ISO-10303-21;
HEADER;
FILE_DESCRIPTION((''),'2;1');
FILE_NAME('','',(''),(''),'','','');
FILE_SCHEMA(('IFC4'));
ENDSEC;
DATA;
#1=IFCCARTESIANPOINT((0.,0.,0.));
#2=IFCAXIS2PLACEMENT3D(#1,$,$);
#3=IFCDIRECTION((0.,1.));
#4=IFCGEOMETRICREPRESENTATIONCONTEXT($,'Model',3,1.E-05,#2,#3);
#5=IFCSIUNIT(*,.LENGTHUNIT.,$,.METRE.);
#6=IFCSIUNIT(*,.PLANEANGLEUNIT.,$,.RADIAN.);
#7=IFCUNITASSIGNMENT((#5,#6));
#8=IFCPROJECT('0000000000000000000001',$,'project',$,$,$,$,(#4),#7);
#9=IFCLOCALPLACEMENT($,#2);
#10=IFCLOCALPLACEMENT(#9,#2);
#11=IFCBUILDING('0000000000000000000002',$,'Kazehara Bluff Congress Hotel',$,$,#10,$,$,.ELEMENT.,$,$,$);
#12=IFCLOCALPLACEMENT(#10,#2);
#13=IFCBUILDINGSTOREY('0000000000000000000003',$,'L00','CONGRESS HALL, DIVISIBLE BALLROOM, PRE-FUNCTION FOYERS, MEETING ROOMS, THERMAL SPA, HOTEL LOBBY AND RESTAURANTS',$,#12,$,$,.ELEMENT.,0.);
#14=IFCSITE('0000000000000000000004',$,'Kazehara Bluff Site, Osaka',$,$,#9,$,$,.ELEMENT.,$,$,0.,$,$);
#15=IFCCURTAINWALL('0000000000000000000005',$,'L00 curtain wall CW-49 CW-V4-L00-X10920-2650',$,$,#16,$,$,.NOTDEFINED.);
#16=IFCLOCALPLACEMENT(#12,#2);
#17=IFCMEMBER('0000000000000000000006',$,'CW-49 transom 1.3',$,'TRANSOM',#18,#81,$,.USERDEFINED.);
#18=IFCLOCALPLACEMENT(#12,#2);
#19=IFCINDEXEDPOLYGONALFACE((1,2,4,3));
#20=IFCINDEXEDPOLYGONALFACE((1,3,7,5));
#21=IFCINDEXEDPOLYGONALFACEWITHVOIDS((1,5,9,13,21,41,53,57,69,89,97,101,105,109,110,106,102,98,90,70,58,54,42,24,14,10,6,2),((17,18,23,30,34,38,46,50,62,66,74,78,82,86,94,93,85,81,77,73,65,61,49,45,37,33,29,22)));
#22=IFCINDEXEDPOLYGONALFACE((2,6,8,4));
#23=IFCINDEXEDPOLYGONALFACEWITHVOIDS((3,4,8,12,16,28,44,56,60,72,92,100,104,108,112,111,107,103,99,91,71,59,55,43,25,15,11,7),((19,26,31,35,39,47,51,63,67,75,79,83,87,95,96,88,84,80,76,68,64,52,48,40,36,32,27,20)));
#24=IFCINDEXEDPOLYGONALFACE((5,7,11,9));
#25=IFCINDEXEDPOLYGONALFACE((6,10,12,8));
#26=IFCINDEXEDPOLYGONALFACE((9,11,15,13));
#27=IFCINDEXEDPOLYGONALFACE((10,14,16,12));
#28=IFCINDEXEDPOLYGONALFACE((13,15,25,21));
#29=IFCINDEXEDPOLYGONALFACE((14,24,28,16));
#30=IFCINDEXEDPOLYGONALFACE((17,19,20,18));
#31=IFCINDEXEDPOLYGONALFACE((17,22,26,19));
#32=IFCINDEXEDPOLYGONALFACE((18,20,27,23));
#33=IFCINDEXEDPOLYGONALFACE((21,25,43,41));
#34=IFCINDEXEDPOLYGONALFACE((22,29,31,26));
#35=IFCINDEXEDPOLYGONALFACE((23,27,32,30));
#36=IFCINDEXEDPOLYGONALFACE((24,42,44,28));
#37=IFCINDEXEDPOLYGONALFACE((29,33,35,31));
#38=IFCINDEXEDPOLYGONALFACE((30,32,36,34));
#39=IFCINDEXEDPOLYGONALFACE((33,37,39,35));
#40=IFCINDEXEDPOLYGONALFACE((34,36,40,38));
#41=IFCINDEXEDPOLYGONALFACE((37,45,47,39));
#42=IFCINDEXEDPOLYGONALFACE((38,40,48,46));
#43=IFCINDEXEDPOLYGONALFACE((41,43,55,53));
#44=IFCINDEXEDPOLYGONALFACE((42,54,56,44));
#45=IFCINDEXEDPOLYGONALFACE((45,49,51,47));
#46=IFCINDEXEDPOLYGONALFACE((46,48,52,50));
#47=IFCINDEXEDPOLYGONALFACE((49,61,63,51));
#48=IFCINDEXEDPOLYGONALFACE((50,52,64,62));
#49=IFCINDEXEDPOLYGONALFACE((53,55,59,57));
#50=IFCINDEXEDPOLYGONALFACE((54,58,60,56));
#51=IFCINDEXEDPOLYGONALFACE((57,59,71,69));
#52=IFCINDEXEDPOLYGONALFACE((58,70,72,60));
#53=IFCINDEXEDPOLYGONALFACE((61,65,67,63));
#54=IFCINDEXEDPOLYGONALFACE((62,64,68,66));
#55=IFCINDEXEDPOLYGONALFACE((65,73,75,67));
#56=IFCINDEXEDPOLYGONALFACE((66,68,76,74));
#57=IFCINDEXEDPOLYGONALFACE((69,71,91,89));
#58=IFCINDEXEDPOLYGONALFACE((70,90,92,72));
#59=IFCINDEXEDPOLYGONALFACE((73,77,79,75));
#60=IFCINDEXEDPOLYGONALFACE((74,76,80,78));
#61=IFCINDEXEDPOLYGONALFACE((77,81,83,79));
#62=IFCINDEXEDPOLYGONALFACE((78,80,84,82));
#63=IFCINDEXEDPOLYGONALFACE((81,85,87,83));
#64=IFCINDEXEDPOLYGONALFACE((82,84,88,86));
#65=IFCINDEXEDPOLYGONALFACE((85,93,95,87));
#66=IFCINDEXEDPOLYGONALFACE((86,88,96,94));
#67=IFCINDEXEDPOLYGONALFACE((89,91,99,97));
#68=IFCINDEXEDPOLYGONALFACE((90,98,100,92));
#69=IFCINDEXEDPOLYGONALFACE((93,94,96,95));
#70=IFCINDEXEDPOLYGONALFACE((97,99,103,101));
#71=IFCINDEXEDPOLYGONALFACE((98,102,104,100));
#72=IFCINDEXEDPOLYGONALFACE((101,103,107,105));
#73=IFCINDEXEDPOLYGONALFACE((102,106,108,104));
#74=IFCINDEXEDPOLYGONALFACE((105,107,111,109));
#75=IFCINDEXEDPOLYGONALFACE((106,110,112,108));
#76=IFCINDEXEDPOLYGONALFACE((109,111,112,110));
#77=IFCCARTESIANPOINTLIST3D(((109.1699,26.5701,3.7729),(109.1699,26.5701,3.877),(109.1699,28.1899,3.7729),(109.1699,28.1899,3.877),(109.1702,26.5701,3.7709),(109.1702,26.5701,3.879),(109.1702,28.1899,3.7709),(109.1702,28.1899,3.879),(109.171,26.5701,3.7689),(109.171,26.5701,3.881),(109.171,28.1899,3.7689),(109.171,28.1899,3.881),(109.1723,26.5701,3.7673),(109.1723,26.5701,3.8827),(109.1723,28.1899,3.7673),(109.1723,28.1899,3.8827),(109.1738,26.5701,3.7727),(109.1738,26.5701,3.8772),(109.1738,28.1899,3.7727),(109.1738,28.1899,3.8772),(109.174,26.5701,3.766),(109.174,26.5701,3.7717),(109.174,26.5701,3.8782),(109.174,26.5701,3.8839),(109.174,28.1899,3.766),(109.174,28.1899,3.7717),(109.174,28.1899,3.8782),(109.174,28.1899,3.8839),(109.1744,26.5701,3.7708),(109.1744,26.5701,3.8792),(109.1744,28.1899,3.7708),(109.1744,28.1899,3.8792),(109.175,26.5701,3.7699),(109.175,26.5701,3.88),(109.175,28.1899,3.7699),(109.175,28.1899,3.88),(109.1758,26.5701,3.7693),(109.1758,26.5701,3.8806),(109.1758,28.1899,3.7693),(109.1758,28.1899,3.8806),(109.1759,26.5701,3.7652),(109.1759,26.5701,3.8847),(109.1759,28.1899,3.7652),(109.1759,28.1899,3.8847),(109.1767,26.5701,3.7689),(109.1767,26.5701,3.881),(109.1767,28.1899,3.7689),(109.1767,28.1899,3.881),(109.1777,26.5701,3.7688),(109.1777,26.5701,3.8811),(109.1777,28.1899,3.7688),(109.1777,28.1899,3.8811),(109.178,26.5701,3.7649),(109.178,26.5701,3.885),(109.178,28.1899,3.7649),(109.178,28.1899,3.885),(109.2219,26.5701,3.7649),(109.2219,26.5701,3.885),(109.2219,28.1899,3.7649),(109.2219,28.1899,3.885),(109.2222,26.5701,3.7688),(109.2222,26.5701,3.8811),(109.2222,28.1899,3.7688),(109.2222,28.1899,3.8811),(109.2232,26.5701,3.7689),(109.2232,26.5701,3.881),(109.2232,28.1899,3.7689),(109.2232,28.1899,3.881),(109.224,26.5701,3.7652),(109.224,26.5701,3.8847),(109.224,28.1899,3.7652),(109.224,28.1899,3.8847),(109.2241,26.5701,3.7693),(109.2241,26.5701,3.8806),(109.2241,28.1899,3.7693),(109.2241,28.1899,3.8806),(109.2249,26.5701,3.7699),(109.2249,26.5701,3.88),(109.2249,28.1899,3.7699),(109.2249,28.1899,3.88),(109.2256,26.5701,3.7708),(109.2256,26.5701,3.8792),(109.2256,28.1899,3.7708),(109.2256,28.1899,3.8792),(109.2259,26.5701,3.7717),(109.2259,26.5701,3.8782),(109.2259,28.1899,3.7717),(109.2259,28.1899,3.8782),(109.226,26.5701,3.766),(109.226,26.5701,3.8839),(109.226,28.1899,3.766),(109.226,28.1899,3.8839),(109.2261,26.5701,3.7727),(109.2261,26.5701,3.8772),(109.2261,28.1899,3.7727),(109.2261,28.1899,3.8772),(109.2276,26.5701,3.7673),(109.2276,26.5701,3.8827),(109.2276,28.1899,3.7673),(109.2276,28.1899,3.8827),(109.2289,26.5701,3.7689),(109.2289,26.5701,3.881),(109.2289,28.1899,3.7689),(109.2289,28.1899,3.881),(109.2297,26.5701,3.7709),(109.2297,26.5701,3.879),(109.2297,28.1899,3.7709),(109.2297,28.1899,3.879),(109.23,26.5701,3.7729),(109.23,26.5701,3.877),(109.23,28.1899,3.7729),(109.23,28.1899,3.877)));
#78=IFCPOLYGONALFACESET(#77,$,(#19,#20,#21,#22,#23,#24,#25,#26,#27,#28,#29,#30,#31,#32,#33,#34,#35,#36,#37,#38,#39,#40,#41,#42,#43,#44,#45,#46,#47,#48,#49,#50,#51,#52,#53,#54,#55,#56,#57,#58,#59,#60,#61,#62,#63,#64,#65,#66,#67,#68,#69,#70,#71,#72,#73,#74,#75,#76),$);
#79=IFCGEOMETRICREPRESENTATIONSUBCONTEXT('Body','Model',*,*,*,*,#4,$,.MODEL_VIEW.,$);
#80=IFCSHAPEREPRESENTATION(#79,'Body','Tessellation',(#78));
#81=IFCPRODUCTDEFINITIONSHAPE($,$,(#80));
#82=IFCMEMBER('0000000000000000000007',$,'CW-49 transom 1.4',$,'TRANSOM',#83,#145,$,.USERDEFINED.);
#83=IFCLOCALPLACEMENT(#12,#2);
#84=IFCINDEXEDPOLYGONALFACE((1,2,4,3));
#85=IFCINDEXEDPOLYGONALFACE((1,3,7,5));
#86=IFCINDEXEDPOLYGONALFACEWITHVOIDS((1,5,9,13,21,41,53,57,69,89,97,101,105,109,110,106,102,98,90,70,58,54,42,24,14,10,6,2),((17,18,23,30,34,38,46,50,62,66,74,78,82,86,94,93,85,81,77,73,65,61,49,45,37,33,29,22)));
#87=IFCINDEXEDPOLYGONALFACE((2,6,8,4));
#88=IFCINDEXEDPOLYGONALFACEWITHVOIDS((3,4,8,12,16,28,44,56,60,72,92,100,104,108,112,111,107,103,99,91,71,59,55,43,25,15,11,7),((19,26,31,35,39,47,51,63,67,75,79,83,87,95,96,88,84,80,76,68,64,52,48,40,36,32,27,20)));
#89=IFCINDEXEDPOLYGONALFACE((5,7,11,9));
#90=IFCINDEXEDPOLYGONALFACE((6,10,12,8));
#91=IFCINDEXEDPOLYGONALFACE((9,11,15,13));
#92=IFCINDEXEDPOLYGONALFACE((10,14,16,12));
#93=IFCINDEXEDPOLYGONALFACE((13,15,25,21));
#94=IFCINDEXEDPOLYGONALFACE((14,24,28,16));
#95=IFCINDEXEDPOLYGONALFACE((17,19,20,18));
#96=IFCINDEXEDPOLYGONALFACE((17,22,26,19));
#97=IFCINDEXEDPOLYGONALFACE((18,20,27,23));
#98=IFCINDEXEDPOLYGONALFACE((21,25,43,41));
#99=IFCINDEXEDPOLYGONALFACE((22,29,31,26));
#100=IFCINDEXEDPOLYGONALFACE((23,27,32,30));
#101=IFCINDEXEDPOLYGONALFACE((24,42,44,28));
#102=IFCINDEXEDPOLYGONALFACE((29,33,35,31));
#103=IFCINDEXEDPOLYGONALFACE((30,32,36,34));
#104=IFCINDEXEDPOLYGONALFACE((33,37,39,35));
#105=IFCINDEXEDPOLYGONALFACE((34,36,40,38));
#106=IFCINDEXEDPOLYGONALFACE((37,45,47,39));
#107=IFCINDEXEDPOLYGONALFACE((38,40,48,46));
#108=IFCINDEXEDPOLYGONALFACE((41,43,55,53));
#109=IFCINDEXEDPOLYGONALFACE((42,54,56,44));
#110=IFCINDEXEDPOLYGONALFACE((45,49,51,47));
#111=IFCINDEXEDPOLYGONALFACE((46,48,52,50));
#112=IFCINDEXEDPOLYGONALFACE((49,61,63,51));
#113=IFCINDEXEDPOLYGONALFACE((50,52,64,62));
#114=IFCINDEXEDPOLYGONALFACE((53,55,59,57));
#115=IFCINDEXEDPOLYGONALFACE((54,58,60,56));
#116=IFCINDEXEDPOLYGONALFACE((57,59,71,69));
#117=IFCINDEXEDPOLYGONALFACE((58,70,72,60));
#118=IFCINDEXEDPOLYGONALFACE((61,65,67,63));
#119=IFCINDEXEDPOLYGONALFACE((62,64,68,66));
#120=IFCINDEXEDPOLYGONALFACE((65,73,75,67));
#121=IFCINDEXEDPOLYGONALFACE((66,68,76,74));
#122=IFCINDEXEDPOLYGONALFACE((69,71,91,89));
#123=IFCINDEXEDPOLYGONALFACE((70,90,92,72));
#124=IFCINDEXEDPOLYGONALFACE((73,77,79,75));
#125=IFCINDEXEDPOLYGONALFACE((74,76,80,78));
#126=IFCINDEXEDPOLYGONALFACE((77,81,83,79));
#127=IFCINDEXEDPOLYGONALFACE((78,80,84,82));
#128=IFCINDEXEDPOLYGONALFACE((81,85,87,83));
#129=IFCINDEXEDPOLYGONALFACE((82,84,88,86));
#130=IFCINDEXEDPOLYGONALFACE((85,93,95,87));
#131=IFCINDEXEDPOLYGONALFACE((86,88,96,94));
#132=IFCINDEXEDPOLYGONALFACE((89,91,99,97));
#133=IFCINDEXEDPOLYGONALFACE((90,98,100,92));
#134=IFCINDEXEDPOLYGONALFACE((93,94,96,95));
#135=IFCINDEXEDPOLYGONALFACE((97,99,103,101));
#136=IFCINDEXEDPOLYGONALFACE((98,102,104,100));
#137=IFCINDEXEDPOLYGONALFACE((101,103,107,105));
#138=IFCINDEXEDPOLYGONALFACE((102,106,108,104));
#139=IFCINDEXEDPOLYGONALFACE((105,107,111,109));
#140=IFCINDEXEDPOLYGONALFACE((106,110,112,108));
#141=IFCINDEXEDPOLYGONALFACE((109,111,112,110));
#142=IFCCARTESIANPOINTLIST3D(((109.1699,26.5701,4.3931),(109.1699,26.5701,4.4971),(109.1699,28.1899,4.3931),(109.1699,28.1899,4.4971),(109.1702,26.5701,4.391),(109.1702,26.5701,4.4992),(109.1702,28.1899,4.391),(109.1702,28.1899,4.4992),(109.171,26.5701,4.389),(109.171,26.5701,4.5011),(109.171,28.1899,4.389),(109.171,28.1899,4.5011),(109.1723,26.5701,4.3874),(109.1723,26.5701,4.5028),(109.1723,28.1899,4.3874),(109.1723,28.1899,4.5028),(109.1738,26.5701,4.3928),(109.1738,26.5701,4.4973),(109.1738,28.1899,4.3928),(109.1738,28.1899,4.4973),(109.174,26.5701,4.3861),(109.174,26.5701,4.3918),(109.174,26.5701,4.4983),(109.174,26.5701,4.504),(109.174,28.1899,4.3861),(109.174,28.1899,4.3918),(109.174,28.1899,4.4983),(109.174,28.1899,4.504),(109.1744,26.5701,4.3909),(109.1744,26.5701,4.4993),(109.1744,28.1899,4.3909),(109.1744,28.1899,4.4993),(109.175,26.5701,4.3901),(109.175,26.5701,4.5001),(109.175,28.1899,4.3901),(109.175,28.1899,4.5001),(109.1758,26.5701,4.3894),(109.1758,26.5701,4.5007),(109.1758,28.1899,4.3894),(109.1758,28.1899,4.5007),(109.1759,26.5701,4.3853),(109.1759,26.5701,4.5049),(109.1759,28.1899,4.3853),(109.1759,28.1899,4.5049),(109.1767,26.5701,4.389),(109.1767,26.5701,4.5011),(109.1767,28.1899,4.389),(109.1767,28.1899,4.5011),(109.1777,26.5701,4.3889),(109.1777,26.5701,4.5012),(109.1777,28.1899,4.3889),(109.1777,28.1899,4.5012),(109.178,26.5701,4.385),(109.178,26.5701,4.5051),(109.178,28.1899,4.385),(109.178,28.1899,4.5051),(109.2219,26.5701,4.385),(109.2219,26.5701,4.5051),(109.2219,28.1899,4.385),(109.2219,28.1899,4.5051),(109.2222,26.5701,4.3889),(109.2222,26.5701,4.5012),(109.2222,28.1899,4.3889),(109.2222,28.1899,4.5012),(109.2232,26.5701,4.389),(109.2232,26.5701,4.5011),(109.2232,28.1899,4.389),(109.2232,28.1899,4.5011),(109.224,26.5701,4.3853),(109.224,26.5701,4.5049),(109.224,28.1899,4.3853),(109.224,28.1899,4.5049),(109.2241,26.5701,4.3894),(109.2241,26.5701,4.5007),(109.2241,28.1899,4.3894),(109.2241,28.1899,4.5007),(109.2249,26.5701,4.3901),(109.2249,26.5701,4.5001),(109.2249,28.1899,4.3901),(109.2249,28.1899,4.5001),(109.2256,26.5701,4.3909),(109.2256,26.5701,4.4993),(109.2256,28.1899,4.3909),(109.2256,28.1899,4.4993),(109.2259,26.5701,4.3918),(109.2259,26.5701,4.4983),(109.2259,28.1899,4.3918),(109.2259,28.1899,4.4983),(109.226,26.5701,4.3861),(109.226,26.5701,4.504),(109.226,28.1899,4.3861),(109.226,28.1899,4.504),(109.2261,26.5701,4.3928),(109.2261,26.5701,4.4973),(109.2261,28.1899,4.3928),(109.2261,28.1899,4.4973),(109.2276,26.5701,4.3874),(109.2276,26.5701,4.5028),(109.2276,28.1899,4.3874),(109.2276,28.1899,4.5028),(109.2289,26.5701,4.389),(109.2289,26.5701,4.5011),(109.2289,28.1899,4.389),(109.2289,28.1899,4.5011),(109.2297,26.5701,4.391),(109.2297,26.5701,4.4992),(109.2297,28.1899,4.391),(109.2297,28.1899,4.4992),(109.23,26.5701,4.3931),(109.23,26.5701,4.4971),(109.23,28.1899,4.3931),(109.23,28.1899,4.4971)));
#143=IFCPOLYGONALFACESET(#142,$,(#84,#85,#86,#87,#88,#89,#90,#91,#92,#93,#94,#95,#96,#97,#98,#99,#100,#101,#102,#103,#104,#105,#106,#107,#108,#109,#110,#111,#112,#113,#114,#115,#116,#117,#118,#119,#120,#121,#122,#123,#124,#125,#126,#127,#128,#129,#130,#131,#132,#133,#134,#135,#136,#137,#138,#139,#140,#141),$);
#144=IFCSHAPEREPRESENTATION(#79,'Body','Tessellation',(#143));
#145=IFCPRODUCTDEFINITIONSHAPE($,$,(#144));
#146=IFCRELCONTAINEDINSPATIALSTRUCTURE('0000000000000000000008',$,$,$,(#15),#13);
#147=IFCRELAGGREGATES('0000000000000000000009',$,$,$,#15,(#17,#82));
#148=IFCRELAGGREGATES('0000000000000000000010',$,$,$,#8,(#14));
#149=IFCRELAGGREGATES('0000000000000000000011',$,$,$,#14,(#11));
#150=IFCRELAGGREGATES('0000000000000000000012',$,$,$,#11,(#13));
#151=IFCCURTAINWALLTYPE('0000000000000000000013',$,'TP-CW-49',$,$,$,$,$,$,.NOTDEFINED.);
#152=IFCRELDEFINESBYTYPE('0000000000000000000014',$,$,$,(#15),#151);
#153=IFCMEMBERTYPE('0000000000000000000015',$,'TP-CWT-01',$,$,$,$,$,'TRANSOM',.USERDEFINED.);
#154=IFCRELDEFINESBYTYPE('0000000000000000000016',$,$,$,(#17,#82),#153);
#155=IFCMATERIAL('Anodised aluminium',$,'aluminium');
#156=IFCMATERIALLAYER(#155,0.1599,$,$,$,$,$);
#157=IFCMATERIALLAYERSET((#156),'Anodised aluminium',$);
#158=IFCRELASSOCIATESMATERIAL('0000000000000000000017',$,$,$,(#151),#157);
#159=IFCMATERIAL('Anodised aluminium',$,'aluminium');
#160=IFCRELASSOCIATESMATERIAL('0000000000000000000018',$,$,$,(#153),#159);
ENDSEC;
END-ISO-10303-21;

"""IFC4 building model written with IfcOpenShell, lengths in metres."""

from ifc_helpers import new_model, si_unit, direction, frame, origin, origin_2d, place, context, subcontext, project, spatial, hollow_rectangle, extrude, material, layer, layer_set, material_profile, profile_set, type_object, element, aggregate, save


model = new_model("IFC4")

# Units and contexts
model_context = context("Model", 3, precision=1e-05, world=origin(), true_north=direction((0.0, 1.0)))
body_context = subcontext(model_context, "Body", "Model", "MODEL_VIEW")
ifc_project = project(units=[si_unit("LENGTHUNIT", "METRE"), si_unit("PLANEANGLEUNIT", "RADIAN")], contexts=[model_context])

# Site, building, storey
site_placement = place(None, origin())
site = spatial("IfcSite", under=ifc_project, at=site_placement, Name="Kazehara Bluff Site, Osaka", CompositionType="ELEMENT", RefElevation=0.0)
building_placement = place(site_placement, origin())
building = spatial("IfcBuilding", under=site, at=building_placement, Name="Kazehara Bluff Congress Hotel", CompositionType="ELEMENT")
storey_placement = place(building_placement, origin())
storey = spatial("IfcBuildingStorey", under=building, at=storey_placement, Name="L00", Description="CONGRESS HALL, DIVISIBLE BALLROOM, PRE-FUNCTION FOYERS, MEETING ROOMS, THERMAL SPA, HOTEL LOBBY AND RESTAURANTS", CompositionType="ELEMENT", Elevation=0.0)

# Curtain wall, members
ifc_material_1 = material(Name="Anodised aluminium", Category="aluminium")
ifc_layer_1 = layer(ifc_material_1, 0.1599)
ifc_layer_set_1 = layer_set([ifc_layer_1], Name="Anodised aluminium")
curtain_wall_type = type_object("IfcCurtainWallType", Name="TP-CW-49", PredefinedType="NOTDEFINED", material=ifc_layer_set_1)
curtain_wall_placement = place(storey_placement, origin())
curtain_wall = element("IfcCurtainWall", 1, at=curtain_wall_placement, inside=storey, type_object=curtain_wall_type, Name="L00 curtain wall CW-49 CW-V4-L00-X10920-2650", PredefinedType="NOTDEFINED")
ifc_material_2 = material(Name="Anodised aluminium", Category="aluminium")
ifc_material_profile_1 = material_profile(ifc_material_2, hollow_rectangle(XDim=0.0601, YDim=0.1201, WallThickness=0.0039, InnerFilletRadius=0.0039, OuterFilletRadius=0.0081, at=origin_2d()))
ifc_profile_set_1 = profile_set([ifc_material_profile_1], Name="Anodised aluminium")
member_type_1 = type_object("IfcMemberType", Name="TP-CWT-01", ElementType="TRANSOM", PredefinedType="USERDEFINED", material=ifc_profile_set_1)
member_1_placement = place(storey_placement, frame((109.2, 26.5701, 3.825), z_axis=(0.0, 1.0, 0.0), x_axis=(-1.0, 0.0, 0.0)))
member_1 = element("IfcMember", 2, at=member_1_placement, type_object=member_type_1, Name="CW-49 transom 1.3", ObjectType="TRANSOM", PredefinedType="USERDEFINED", context=body_context, shape_type="SweptSolid", body=[
    extrude(hollow_rectangle(XDim=0.0601, YDim=0.1201, WallThickness=0.0039, InnerFilletRadius=0.0039, OuterFilletRadius=0.0081, at=origin_2d()), origin(), (0.0, 0.0, 1.0), 1.6199),
])
member_2_placement = place(storey_placement, frame((109.2, 26.5701, 4.4451), z_axis=(0.0, 1.0, 0.0), x_axis=(-1.0, 0.0, 0.0)))
member_2 = element("IfcMember", 3, at=member_2_placement, type_object=member_type_1, Name="CW-49 transom 1.4", ObjectType="TRANSOM", PredefinedType="USERDEFINED", context=body_context, shape_type="SweptSolid", body=[
    extrude(hollow_rectangle(XDim=0.0601, YDim=0.1201, WallThickness=0.0039, InnerFilletRadius=0.0039, OuterFilletRadius=0.0081, at=origin_2d()), origin(), (0.0, 0.0, 1.0), 1.6199),
])

aggregate(curtain_wall, [member_1, member_2])

save(model, "model.ifc")
